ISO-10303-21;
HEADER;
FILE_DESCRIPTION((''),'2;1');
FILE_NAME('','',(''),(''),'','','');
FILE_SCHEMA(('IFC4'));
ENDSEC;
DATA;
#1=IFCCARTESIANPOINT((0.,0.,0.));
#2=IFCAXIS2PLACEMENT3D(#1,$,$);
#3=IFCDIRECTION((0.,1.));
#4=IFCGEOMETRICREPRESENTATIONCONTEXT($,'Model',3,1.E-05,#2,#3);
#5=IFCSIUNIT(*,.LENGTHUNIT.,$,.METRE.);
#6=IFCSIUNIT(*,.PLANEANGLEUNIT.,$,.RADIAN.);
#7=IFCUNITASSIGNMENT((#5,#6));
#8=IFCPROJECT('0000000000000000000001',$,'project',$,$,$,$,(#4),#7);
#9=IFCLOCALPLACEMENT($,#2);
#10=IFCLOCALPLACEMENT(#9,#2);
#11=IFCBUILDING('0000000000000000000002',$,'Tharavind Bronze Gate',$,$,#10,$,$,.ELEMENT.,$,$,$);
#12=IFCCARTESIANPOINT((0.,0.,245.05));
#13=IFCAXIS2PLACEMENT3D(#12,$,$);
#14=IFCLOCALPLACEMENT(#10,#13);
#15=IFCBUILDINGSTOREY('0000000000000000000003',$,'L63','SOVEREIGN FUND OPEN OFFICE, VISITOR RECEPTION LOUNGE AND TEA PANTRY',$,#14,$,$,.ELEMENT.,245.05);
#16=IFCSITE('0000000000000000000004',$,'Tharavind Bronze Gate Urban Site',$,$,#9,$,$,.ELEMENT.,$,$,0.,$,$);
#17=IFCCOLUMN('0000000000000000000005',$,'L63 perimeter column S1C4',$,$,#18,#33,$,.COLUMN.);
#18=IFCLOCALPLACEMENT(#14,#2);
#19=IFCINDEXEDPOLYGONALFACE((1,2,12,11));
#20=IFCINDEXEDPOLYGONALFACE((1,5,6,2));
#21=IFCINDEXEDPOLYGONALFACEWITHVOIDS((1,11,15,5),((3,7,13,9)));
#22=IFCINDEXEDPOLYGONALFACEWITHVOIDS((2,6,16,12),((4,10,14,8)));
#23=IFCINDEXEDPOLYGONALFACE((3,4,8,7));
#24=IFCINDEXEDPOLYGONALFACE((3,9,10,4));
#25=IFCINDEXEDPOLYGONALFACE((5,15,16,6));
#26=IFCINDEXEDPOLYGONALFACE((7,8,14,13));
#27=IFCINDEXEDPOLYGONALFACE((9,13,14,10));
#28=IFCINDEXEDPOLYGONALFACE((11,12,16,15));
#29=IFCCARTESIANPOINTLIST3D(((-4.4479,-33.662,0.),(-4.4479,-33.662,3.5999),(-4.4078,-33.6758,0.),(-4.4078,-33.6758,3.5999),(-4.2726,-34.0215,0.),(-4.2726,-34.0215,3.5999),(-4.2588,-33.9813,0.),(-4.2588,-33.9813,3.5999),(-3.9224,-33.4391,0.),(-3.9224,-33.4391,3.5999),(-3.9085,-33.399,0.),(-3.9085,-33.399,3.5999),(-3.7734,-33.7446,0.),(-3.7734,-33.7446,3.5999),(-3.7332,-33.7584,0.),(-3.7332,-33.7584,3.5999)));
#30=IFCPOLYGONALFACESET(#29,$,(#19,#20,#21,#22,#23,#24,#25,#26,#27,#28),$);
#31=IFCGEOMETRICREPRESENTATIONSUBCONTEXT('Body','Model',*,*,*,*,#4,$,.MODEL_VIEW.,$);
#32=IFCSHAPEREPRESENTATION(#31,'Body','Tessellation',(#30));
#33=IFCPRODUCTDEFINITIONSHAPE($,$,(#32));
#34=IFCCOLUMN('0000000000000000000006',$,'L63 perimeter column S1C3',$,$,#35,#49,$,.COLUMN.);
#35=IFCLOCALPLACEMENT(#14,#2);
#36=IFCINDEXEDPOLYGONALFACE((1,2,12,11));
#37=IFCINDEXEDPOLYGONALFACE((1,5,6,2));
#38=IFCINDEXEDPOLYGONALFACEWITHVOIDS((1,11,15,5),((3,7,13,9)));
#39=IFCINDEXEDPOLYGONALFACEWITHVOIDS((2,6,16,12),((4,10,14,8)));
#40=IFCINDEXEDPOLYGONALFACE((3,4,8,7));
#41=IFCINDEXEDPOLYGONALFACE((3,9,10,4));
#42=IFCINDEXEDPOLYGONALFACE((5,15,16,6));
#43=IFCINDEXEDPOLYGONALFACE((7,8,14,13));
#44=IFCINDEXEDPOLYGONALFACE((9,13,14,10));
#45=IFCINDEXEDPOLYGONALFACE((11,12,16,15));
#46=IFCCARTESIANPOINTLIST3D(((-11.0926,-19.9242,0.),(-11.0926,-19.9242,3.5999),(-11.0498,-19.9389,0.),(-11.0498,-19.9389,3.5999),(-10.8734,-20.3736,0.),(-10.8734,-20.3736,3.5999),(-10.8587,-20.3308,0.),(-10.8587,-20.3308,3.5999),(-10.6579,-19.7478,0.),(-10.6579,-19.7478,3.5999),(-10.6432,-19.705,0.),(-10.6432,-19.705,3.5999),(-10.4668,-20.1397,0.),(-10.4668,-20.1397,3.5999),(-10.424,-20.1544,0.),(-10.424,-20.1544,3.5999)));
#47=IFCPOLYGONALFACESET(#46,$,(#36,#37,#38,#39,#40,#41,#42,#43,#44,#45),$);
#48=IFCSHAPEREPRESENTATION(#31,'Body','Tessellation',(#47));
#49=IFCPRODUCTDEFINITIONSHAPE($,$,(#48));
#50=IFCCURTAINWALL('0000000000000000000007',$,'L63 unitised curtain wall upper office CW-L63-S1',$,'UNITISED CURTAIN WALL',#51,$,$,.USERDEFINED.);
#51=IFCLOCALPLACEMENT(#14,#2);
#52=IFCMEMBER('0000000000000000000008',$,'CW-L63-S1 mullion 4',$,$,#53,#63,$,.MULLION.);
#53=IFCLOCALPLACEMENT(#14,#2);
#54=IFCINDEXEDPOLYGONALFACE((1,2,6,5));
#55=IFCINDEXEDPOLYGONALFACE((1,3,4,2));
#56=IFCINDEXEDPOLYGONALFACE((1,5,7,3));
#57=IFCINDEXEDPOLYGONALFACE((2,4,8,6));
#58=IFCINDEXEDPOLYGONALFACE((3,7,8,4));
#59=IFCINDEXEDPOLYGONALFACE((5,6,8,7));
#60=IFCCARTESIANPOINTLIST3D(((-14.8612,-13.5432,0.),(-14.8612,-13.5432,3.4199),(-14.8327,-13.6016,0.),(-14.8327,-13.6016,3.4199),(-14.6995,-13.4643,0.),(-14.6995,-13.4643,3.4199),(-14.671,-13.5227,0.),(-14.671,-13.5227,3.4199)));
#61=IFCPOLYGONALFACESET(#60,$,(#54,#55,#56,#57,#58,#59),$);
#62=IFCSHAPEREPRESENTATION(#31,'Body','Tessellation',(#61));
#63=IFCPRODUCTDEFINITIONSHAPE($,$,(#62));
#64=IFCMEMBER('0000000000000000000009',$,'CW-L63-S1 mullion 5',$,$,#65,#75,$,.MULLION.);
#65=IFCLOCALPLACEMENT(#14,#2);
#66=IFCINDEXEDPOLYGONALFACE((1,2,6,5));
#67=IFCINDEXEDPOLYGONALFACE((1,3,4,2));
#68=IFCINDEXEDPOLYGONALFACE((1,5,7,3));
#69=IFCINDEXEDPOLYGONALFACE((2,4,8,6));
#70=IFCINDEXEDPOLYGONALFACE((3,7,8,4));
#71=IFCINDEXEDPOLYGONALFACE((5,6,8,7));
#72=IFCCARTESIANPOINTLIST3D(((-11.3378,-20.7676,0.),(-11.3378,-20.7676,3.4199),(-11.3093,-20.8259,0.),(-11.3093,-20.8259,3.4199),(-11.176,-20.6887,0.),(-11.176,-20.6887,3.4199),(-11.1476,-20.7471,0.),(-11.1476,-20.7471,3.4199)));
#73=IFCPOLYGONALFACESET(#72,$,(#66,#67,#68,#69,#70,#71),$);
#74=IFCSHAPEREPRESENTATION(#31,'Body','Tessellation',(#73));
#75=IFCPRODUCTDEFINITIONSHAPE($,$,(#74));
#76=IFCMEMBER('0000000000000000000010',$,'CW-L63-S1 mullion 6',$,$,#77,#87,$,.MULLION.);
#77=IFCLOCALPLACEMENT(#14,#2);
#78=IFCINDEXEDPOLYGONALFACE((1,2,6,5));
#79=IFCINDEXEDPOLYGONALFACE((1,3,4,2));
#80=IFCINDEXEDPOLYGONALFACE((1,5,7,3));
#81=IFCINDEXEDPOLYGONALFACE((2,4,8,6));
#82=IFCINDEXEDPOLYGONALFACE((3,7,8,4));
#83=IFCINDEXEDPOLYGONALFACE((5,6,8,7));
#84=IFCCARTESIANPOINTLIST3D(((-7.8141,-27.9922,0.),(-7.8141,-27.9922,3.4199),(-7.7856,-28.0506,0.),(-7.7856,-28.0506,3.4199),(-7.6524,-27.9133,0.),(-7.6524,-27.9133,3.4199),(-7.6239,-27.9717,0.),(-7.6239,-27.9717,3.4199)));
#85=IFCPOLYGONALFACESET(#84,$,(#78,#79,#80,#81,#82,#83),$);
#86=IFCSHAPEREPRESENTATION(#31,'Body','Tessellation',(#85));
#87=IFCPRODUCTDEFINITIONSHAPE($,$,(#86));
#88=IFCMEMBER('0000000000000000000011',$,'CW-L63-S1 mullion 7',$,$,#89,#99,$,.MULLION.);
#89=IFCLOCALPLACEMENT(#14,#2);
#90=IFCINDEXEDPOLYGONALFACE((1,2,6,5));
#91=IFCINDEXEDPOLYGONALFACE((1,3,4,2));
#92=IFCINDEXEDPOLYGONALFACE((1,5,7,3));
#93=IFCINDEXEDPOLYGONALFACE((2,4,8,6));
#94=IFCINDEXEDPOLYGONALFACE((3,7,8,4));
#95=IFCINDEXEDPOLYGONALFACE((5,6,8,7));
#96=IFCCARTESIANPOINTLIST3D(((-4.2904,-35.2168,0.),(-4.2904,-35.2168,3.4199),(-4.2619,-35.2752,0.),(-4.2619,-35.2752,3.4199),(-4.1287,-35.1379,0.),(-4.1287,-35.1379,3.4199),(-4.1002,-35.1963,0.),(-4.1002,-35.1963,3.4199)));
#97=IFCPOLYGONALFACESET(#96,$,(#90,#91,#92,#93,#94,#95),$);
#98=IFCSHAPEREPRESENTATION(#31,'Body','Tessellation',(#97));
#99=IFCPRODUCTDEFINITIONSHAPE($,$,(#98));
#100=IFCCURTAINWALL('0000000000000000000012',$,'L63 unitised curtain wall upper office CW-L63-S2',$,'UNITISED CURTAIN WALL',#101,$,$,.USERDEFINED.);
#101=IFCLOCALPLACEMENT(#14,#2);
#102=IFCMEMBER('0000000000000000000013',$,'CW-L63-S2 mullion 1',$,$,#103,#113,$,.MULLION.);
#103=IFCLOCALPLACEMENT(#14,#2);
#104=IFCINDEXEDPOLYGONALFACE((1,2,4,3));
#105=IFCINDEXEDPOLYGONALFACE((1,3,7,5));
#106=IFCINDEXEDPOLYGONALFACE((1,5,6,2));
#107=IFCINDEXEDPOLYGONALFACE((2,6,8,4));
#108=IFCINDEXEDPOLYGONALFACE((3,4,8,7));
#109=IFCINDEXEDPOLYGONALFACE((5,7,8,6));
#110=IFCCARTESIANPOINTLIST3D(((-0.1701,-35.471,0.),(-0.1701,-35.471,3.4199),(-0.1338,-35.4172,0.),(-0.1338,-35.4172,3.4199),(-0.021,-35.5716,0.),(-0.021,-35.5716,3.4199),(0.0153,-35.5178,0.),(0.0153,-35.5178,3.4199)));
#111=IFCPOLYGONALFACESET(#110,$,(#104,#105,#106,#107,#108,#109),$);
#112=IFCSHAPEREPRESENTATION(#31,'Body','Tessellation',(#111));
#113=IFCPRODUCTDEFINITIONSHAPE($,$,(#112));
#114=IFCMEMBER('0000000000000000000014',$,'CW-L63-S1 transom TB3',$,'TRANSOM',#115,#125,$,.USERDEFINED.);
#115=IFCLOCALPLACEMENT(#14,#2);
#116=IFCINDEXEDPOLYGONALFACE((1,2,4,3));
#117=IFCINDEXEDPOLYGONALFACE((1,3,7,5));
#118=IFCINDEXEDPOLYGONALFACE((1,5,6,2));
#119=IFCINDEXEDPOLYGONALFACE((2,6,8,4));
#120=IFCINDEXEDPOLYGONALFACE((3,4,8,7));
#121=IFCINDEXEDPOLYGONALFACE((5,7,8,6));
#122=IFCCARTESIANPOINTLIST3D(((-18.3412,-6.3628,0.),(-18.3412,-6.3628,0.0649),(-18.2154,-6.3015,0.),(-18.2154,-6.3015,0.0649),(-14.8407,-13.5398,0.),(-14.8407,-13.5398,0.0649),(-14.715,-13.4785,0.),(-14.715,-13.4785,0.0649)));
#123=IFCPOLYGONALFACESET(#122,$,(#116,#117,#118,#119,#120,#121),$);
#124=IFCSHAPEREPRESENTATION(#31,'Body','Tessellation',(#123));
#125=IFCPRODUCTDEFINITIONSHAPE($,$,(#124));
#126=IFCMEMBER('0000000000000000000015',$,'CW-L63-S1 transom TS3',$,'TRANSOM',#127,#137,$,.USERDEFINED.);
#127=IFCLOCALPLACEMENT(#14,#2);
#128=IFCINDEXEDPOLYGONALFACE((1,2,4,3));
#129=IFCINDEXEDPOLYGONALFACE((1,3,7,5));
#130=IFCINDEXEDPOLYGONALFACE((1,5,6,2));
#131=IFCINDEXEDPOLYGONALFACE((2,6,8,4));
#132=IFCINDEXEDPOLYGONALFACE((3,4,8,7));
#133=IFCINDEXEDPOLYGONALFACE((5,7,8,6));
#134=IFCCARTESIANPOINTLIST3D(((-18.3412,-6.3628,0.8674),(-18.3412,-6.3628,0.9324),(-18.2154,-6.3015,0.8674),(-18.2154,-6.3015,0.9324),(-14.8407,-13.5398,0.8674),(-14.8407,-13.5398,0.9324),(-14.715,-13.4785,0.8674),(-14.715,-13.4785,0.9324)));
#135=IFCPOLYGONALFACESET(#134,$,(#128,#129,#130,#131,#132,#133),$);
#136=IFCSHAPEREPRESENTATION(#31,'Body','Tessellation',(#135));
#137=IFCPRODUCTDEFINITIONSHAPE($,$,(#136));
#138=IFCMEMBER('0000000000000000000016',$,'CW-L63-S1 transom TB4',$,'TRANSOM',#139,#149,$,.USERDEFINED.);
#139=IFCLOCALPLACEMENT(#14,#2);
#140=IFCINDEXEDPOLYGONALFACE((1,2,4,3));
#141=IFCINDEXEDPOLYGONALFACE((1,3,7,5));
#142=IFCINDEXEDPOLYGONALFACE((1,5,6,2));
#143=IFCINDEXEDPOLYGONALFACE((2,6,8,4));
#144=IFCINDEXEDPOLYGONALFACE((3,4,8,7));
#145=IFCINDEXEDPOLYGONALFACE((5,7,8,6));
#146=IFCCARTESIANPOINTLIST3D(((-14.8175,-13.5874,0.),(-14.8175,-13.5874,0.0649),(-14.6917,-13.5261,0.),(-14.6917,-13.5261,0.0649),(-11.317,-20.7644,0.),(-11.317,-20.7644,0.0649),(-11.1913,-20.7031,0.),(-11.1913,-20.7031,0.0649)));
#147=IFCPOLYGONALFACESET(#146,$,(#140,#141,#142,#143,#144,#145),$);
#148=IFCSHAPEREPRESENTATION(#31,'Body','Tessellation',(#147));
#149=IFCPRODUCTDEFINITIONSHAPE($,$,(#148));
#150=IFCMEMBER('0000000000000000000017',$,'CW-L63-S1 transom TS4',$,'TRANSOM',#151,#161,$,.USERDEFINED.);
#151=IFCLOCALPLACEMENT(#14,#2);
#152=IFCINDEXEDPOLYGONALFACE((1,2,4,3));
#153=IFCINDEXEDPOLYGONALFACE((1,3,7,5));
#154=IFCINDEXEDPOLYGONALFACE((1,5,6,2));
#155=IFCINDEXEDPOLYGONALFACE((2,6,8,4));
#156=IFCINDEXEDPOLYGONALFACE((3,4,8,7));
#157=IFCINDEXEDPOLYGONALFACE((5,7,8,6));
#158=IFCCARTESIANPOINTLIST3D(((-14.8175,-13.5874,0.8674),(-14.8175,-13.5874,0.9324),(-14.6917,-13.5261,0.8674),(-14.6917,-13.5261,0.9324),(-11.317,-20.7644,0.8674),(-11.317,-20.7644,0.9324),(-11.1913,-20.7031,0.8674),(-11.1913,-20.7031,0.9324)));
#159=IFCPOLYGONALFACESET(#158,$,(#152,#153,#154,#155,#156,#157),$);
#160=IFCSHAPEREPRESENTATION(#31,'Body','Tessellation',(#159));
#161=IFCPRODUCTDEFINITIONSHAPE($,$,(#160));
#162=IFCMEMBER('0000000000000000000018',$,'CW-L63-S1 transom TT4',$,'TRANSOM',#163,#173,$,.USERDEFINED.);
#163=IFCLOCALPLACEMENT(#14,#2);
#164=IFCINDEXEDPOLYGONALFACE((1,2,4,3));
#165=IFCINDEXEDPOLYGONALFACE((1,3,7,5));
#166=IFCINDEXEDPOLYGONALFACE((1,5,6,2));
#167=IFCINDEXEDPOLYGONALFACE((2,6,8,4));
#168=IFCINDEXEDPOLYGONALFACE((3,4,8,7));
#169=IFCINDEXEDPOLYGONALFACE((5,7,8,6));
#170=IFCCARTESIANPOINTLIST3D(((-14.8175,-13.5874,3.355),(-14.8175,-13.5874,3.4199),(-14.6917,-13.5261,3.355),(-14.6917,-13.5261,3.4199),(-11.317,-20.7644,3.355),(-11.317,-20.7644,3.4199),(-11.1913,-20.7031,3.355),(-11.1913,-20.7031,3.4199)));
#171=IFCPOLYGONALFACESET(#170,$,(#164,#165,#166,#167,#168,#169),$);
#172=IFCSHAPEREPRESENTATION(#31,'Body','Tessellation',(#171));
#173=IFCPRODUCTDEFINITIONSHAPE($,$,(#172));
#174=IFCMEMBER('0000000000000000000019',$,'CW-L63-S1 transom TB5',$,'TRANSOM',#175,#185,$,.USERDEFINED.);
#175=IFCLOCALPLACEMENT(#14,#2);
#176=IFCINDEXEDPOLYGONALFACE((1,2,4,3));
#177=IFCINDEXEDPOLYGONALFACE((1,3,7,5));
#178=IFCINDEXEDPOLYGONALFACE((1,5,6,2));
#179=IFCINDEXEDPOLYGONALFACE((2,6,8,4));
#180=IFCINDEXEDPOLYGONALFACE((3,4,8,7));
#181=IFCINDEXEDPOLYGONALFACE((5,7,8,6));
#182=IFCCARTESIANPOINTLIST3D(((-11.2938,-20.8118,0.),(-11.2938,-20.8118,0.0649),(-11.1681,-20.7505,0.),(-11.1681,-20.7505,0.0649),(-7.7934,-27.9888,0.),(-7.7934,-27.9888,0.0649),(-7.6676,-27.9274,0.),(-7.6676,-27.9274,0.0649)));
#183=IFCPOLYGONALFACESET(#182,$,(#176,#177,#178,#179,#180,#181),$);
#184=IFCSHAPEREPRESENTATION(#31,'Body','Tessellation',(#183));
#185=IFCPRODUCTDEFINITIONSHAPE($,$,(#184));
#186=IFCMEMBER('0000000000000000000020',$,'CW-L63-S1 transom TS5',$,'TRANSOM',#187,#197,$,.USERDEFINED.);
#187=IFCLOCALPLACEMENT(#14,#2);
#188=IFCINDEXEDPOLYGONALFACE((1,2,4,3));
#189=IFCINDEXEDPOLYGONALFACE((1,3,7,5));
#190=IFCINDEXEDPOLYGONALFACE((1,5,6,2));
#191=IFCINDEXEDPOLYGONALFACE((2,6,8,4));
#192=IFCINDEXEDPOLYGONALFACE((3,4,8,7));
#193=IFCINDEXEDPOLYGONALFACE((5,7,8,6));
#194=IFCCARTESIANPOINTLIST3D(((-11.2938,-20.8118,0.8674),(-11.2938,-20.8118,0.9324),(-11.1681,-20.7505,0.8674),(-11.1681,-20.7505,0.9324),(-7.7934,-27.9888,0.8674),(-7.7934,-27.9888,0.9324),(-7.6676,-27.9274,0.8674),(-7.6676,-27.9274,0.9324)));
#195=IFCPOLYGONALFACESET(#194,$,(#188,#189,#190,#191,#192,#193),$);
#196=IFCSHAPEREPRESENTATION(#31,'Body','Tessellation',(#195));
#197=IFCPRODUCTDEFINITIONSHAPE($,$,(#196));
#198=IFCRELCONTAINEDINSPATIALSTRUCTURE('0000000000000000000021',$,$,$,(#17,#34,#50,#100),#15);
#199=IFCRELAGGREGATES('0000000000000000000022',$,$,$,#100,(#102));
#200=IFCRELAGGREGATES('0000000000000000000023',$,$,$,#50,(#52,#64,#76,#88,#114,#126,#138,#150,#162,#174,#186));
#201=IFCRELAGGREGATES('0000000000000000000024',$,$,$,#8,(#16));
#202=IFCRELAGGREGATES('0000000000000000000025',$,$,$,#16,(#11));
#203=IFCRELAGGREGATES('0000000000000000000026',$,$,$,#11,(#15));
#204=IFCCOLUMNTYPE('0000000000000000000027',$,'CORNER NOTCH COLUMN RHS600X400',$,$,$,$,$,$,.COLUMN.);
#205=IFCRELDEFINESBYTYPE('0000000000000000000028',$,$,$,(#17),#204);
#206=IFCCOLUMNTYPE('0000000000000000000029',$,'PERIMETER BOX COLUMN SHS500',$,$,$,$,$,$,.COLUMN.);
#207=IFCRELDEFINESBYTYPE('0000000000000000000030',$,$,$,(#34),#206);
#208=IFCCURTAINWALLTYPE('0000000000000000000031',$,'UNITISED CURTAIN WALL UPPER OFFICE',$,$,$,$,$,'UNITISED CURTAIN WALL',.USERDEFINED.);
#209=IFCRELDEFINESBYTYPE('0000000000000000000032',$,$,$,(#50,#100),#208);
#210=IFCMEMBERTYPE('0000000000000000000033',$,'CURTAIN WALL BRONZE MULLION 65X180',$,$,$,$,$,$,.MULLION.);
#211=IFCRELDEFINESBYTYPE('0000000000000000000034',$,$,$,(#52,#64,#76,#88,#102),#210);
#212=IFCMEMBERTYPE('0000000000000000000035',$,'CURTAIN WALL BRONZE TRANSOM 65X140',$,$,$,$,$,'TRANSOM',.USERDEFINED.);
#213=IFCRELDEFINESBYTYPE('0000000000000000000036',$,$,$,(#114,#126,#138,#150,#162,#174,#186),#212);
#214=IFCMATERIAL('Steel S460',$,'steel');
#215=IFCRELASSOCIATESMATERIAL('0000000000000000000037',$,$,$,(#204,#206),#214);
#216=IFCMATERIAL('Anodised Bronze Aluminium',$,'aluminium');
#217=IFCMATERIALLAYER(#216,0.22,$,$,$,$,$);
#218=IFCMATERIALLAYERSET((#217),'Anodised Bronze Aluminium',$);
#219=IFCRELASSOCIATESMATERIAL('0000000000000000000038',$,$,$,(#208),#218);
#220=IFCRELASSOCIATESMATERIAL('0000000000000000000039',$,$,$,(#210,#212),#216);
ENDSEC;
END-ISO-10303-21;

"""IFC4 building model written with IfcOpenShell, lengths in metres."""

from ifc_helpers import new_model, si_unit, direction, frame, origin, origin_2d, place, context, subcontext, project, spatial, rectangle, hollow_rectangle, extrude, material, layer, layer_set, material_profile, profile_set, type_object, element, aggregate, save


model = new_model("IFC4")

# Units and contexts
model_context = context("Model", 3, precision=1e-05, world=origin(), true_north=direction((0.0, 1.0)))
body_context = subcontext(model_context, "Body", "Model", "MODEL_VIEW")
ifc_project = project(units=[si_unit("LENGTHUNIT", "METRE"), si_unit("PLANEANGLEUNIT", "RADIAN")], contexts=[model_context])

# Site, building, storey
site_placement = place(None, origin())
site = spatial("IfcSite", under=ifc_project, at=site_placement, Name="Tharavind Bronze Gate Urban Site", CompositionType="ELEMENT", RefElevation=0.0)
building_placement = place(site_placement, origin())
building = spatial("IfcBuilding", under=site, at=building_placement, Name="Tharavind Bronze Gate", CompositionType="ELEMENT")
storey_placement = place(building_placement, frame((0.0, 0.0, 245.05)))
storey = spatial("IfcBuildingStorey", under=building, at=storey_placement, Name="L63", Description="SOVEREIGN FUND OPEN OFFICE, VISITOR RECEPTION LOUNGE AND TEA PANTRY", CompositionType="ELEMENT", Elevation=245.05)

# Columns
ifc_material_1 = material(Name="Steel S460", Category="steel")
ifc_material_profile_1 = material_profile(ifc_material_1, hollow_rectangle(XDim=0.3999, YDim=0.6001, WallThickness=0.03, at=origin_2d()), Name="RHS600X400X30")
ifc_profile_set_1 = profile_set([ifc_material_profile_1], Name="Steel S460")
column_type_1 = type_object("IfcColumnType", Name="CORNER NOTCH COLUMN RHS600X400", PredefinedType="COLUMN", material=ifc_profile_set_1)
column_1_placement = place(storey_placement, frame((-4.0906, -33.7102, 0.0), z_axis=(0.0, 0.0, 1.0), x_axis=(-0.438371, 0.898794, 0.0)))
element("IfcColumn", 1, at=column_1_placement, inside=storey, type_object=column_type_1, Name="L63 perimeter column S1C4", PredefinedType="COLUMN", context=body_context, shape_type="SweptSolid", body=[
    extrude(hollow_rectangle(XDim=0.3999, YDim=0.6001, WallThickness=0.03, at=origin_2d()), origin(), (0.0, 0.0, 1.0), 3.5999),
])
ifc_material_profile_2 = material_profile(ifc_material_1, hollow_rectangle(XDim=0.5, YDim=0.5, WallThickness=0.032, at=origin_2d()), Name="SHS500X32")
ifc_profile_set_2 = profile_set([ifc_material_profile_2], Name="Steel S460")
column_type_2 = type_object("IfcColumnType", Name="PERIMETER BOX COLUMN SHS500", PredefinedType="COLUMN", material=ifc_profile_set_2)
column_2_placement = place(storey_placement, frame((-10.7583, -20.0393, 0.0), z_axis=(0.0, 0.0, 1.0), x_axis=(-0.438371, 0.898794, 0.0)))
element("IfcColumn", 2, at=column_2_placement, inside=storey, type_object=column_type_2, Name="L63 perimeter column S1C3", PredefinedType="COLUMN", context=body_context, shape_type="SweptSolid", body=[
    extrude(hollow_rectangle(XDim=0.5, YDim=0.5, WallThickness=0.032, at=origin_2d()), origin(), (0.0, 0.0, 1.0), 3.5999),
])

# Curtain wall, members
ifc_material_2 = material(Name="Anodised Bronze Aluminium", Category="aluminium")
ifc_layer_1 = layer(ifc_material_2, 0.22)
ifc_layer_set_1 = layer_set([ifc_layer_1], Name="Anodised Bronze Aluminium")
curtain_wall_type = type_object("IfcCurtainWallType", Name="UNITISED CURTAIN WALL UPPER OFFICE", ElementType="UNITISED CURTAIN WALL", PredefinedType="USERDEFINED", material=ifc_layer_set_1)
curtain_wall_1_placement = place(storey_placement, origin())
curtain_wall_1 = element("IfcCurtainWall", 3, at=curtain_wall_1_placement, inside=storey, type_object=curtain_wall_type, Name="L63 unitised curtain wall upper office CW-L63-S1", ObjectType="UNITISED CURTAIN WALL", PredefinedType="USERDEFINED")
member_type_1 = type_object("IfcMemberType", Name="CURTAIN WALL BRONZE MULLION 65X180", PredefinedType="MULLION", material=ifc_material_2)
member_1_placement = place(storey_placement, frame((-14.7661, -13.533, 0.0), z_axis=(0.0, 0.0, 1.0), x_axis=(0.438371, -0.898794, 0.0)))
member_1 = element("IfcMember", 4, at=member_1_placement, type_object=member_type_1, Name="CW-L63-S1 mullion 4", PredefinedType="MULLION", context=body_context, shape_type="SweptSolid", body=[
    extrude(rectangle(XDim=0.0649, YDim=0.1799, at=origin_2d()), origin(), (0.0, 0.0, 1.0), 3.4199),
])
member_2_placement = place(storey_placement, frame((-11.2427, -20.7573, 0.0), z_axis=(0.0, 0.0, 1.0), x_axis=(0.438371, -0.898794, 0.0)))
member_2 = element("IfcMember", 5, at=member_2_placement, type_object=member_type_1, Name="CW-L63-S1 mullion 5", PredefinedType="MULLION", context=body_context, shape_type="SweptSolid", body=[
    extrude(rectangle(XDim=0.0649, YDim=0.1799, at=origin_2d()), origin(), (0.0, 0.0, 1.0), 3.4199),
])
member_3_placement = place(storey_placement, frame((-7.719, -27.9819, 0.0), z_axis=(0.0, 0.0, 1.0), x_axis=(0.438371, -0.898794, 0.0)))
member_3 = element("IfcMember", 6, at=member_3_placement, type_object=member_type_1, Name="CW-L63-S1 mullion 6", PredefinedType="MULLION", context=body_context, shape_type="SweptSolid", body=[
    extrude(rectangle(XDim=0.0649, YDim=0.1799, at=origin_2d()), origin(), (0.0, 0.0, 1.0), 3.4199),
])
member_4_placement = place(storey_placement, frame((-4.1953, -35.2065, 0.0), z_axis=(0.0, 0.0, 1.0), x_axis=(0.438371, -0.898794, 0.0)))
member_4 = element("IfcMember", 7, at=member_4_placement, type_object=member_type_1, Name="CW-L63-S1 mullion 7", PredefinedType="MULLION", context=body_context, shape_type="SweptSolid", body=[
    extrude(rectangle(XDim=0.0649, YDim=0.1799, at=origin_2d()), origin(), (0.0, 0.0, 1.0), 3.4199),
])

# Curtain wall, member
curtain_wall_2_placement = place(storey_placement, origin())
curtain_wall_2 = element("IfcCurtainWall", 8, at=curtain_wall_2_placement, inside=storey, type_object=curtain_wall_type, Name="L63 unitised curtain wall upper office CW-L63-S2", ObjectType="UNITISED CURTAIN WALL", PredefinedType="USERDEFINED")
member_5_placement = place(storey_placement, frame((-0.0774, -35.4944, 0.0), z_axis=(0.0, 0.0, 1.0), x_axis=(0.559193, 0.829038, 0.0)))
member_5 = element("IfcMember", 9, at=member_5_placement, type_object=member_type_1, Name="CW-L63-S2 mullion 1", PredefinedType="MULLION", context=body_context, shape_type="SweptSolid", body=[
    extrude(rectangle(XDim=0.0649, YDim=0.1799, at=origin_2d()), origin(), (0.0, 0.0, 1.0), 3.4199),
])
aggregate(curtain_wall_2, [member_5])

# Members
member_type_2 = type_object("IfcMemberType", Name="CURTAIN WALL BRONZE TRANSOM 65X140", ElementType="TRANSOM", PredefinedType="USERDEFINED", material=ifc_material_2)
member_6_placement = place(storey_placement, frame((-16.5281, -9.9207, 0.0), z_axis=(0.0, 0.0, 1.0), x_axis=(0.438371, -0.898794, 0.0)))
member_6 = element("IfcMember", 10, at=member_6_placement, type_object=member_type_2, Name="CW-L63-S1 transom TB3", ObjectType="TRANSOM", PredefinedType="USERDEFINED", context=body_context, shape_type="SweptSolid", body=[
    extrude(rectangle(XDim=7.9851, YDim=0.1399, at=origin_2d()), origin(), (0.0, 0.0, 1.0), 0.0649),
])
member_7_placement = place(storey_placement, frame((-16.5281, -9.9207, 0.8674), z_axis=(0.0, 0.0, 1.0), x_axis=(0.438371, -0.898794, 0.0)))
member_7 = element("IfcMember", 11, at=member_7_placement, type_object=member_type_2, Name="CW-L63-S1 transom TS3", ObjectType="TRANSOM", PredefinedType="USERDEFINED", context=body_context, shape_type="SweptSolid", body=[
    extrude(rectangle(XDim=7.9851, YDim=0.1399, at=origin_2d()), origin(), (0.0, 0.0, 1.0), 0.0649),
])
member_8_placement = place(storey_placement, frame((-13.0044, -17.1453, 0.0), z_axis=(0.0, 0.0, 1.0), x_axis=(0.438371, -0.898794, 0.0)))
member_8 = element("IfcMember", 12, at=member_8_placement, type_object=member_type_2, Name="CW-L63-S1 transom TB4", ObjectType="TRANSOM", PredefinedType="USERDEFINED", context=body_context, shape_type="SweptSolid", body=[
    extrude(rectangle(XDim=7.9851, YDim=0.1399, at=origin_2d()), origin(), (0.0, 0.0, 1.0), 0.0649),
])
member_9_placement = place(storey_placement, frame((-13.0044, -17.1453, 0.8674), z_axis=(0.0, 0.0, 1.0), x_axis=(0.438371, -0.898794, 0.0)))
member_9 = element("IfcMember", 13, at=member_9_placement, type_object=member_type_2, Name="CW-L63-S1 transom TS4", ObjectType="TRANSOM", PredefinedType="USERDEFINED", context=body_context, shape_type="SweptSolid", body=[
    extrude(rectangle(XDim=7.9851, YDim=0.1399, at=origin_2d()), origin(), (0.0, 0.0, 1.0), 0.0649),
])
member_10_placement = place(storey_placement, frame((-13.0044, -17.1453, 3.355), z_axis=(0.0, 0.0, 1.0), x_axis=(0.438371, -0.898794, 0.0)))
member_10 = element("IfcMember", 14, at=member_10_placement, type_object=member_type_2, Name="CW-L63-S1 transom TT4", ObjectType="TRANSOM", PredefinedType="USERDEFINED", context=body_context, shape_type="SweptSolid", body=[
    extrude(rectangle(XDim=7.9851, YDim=0.1399, at=origin_2d()), origin(), (0.0, 0.0, 1.0), 0.0649),
])
member_11_placement = place(storey_placement, frame((-9.4807, -24.3696, 0.0), z_axis=(0.0, 0.0, 1.0), x_axis=(0.438371, -0.898794, 0.0)))
member_11 = element("IfcMember", 15, at=member_11_placement, type_object=member_type_2, Name="CW-L63-S1 transom TB5", ObjectType="TRANSOM", PredefinedType="USERDEFINED", context=body_context, shape_type="SweptSolid", body=[
    extrude(rectangle(XDim=7.9851, YDim=0.1399, at=origin_2d()), origin(), (0.0, 0.0, 1.0), 0.0649),
])
member_12_placement = place(storey_placement, frame((-9.4807, -24.3696, 0.8674), z_axis=(0.0, 0.0, 1.0), x_axis=(0.438371, -0.898794, 0.0)))
member_12 = element("IfcMember", 16, at=member_12_placement, type_object=member_type_2, Name="CW-L63-S1 transom TS5", ObjectType="TRANSOM", PredefinedType="USERDEFINED", context=body_context, shape_type="SweptSolid", body=[
    extrude(rectangle(XDim=7.9851, YDim=0.1399, at=origin_2d()), origin(), (0.0, 0.0, 1.0), 0.0649),
])

aggregate(curtain_wall_1, [member_1, member_2, member_3, member_4, member_6, member_7, member_8, member_9, member_10, member_11, member_12])

save(model, "model.ifc")
